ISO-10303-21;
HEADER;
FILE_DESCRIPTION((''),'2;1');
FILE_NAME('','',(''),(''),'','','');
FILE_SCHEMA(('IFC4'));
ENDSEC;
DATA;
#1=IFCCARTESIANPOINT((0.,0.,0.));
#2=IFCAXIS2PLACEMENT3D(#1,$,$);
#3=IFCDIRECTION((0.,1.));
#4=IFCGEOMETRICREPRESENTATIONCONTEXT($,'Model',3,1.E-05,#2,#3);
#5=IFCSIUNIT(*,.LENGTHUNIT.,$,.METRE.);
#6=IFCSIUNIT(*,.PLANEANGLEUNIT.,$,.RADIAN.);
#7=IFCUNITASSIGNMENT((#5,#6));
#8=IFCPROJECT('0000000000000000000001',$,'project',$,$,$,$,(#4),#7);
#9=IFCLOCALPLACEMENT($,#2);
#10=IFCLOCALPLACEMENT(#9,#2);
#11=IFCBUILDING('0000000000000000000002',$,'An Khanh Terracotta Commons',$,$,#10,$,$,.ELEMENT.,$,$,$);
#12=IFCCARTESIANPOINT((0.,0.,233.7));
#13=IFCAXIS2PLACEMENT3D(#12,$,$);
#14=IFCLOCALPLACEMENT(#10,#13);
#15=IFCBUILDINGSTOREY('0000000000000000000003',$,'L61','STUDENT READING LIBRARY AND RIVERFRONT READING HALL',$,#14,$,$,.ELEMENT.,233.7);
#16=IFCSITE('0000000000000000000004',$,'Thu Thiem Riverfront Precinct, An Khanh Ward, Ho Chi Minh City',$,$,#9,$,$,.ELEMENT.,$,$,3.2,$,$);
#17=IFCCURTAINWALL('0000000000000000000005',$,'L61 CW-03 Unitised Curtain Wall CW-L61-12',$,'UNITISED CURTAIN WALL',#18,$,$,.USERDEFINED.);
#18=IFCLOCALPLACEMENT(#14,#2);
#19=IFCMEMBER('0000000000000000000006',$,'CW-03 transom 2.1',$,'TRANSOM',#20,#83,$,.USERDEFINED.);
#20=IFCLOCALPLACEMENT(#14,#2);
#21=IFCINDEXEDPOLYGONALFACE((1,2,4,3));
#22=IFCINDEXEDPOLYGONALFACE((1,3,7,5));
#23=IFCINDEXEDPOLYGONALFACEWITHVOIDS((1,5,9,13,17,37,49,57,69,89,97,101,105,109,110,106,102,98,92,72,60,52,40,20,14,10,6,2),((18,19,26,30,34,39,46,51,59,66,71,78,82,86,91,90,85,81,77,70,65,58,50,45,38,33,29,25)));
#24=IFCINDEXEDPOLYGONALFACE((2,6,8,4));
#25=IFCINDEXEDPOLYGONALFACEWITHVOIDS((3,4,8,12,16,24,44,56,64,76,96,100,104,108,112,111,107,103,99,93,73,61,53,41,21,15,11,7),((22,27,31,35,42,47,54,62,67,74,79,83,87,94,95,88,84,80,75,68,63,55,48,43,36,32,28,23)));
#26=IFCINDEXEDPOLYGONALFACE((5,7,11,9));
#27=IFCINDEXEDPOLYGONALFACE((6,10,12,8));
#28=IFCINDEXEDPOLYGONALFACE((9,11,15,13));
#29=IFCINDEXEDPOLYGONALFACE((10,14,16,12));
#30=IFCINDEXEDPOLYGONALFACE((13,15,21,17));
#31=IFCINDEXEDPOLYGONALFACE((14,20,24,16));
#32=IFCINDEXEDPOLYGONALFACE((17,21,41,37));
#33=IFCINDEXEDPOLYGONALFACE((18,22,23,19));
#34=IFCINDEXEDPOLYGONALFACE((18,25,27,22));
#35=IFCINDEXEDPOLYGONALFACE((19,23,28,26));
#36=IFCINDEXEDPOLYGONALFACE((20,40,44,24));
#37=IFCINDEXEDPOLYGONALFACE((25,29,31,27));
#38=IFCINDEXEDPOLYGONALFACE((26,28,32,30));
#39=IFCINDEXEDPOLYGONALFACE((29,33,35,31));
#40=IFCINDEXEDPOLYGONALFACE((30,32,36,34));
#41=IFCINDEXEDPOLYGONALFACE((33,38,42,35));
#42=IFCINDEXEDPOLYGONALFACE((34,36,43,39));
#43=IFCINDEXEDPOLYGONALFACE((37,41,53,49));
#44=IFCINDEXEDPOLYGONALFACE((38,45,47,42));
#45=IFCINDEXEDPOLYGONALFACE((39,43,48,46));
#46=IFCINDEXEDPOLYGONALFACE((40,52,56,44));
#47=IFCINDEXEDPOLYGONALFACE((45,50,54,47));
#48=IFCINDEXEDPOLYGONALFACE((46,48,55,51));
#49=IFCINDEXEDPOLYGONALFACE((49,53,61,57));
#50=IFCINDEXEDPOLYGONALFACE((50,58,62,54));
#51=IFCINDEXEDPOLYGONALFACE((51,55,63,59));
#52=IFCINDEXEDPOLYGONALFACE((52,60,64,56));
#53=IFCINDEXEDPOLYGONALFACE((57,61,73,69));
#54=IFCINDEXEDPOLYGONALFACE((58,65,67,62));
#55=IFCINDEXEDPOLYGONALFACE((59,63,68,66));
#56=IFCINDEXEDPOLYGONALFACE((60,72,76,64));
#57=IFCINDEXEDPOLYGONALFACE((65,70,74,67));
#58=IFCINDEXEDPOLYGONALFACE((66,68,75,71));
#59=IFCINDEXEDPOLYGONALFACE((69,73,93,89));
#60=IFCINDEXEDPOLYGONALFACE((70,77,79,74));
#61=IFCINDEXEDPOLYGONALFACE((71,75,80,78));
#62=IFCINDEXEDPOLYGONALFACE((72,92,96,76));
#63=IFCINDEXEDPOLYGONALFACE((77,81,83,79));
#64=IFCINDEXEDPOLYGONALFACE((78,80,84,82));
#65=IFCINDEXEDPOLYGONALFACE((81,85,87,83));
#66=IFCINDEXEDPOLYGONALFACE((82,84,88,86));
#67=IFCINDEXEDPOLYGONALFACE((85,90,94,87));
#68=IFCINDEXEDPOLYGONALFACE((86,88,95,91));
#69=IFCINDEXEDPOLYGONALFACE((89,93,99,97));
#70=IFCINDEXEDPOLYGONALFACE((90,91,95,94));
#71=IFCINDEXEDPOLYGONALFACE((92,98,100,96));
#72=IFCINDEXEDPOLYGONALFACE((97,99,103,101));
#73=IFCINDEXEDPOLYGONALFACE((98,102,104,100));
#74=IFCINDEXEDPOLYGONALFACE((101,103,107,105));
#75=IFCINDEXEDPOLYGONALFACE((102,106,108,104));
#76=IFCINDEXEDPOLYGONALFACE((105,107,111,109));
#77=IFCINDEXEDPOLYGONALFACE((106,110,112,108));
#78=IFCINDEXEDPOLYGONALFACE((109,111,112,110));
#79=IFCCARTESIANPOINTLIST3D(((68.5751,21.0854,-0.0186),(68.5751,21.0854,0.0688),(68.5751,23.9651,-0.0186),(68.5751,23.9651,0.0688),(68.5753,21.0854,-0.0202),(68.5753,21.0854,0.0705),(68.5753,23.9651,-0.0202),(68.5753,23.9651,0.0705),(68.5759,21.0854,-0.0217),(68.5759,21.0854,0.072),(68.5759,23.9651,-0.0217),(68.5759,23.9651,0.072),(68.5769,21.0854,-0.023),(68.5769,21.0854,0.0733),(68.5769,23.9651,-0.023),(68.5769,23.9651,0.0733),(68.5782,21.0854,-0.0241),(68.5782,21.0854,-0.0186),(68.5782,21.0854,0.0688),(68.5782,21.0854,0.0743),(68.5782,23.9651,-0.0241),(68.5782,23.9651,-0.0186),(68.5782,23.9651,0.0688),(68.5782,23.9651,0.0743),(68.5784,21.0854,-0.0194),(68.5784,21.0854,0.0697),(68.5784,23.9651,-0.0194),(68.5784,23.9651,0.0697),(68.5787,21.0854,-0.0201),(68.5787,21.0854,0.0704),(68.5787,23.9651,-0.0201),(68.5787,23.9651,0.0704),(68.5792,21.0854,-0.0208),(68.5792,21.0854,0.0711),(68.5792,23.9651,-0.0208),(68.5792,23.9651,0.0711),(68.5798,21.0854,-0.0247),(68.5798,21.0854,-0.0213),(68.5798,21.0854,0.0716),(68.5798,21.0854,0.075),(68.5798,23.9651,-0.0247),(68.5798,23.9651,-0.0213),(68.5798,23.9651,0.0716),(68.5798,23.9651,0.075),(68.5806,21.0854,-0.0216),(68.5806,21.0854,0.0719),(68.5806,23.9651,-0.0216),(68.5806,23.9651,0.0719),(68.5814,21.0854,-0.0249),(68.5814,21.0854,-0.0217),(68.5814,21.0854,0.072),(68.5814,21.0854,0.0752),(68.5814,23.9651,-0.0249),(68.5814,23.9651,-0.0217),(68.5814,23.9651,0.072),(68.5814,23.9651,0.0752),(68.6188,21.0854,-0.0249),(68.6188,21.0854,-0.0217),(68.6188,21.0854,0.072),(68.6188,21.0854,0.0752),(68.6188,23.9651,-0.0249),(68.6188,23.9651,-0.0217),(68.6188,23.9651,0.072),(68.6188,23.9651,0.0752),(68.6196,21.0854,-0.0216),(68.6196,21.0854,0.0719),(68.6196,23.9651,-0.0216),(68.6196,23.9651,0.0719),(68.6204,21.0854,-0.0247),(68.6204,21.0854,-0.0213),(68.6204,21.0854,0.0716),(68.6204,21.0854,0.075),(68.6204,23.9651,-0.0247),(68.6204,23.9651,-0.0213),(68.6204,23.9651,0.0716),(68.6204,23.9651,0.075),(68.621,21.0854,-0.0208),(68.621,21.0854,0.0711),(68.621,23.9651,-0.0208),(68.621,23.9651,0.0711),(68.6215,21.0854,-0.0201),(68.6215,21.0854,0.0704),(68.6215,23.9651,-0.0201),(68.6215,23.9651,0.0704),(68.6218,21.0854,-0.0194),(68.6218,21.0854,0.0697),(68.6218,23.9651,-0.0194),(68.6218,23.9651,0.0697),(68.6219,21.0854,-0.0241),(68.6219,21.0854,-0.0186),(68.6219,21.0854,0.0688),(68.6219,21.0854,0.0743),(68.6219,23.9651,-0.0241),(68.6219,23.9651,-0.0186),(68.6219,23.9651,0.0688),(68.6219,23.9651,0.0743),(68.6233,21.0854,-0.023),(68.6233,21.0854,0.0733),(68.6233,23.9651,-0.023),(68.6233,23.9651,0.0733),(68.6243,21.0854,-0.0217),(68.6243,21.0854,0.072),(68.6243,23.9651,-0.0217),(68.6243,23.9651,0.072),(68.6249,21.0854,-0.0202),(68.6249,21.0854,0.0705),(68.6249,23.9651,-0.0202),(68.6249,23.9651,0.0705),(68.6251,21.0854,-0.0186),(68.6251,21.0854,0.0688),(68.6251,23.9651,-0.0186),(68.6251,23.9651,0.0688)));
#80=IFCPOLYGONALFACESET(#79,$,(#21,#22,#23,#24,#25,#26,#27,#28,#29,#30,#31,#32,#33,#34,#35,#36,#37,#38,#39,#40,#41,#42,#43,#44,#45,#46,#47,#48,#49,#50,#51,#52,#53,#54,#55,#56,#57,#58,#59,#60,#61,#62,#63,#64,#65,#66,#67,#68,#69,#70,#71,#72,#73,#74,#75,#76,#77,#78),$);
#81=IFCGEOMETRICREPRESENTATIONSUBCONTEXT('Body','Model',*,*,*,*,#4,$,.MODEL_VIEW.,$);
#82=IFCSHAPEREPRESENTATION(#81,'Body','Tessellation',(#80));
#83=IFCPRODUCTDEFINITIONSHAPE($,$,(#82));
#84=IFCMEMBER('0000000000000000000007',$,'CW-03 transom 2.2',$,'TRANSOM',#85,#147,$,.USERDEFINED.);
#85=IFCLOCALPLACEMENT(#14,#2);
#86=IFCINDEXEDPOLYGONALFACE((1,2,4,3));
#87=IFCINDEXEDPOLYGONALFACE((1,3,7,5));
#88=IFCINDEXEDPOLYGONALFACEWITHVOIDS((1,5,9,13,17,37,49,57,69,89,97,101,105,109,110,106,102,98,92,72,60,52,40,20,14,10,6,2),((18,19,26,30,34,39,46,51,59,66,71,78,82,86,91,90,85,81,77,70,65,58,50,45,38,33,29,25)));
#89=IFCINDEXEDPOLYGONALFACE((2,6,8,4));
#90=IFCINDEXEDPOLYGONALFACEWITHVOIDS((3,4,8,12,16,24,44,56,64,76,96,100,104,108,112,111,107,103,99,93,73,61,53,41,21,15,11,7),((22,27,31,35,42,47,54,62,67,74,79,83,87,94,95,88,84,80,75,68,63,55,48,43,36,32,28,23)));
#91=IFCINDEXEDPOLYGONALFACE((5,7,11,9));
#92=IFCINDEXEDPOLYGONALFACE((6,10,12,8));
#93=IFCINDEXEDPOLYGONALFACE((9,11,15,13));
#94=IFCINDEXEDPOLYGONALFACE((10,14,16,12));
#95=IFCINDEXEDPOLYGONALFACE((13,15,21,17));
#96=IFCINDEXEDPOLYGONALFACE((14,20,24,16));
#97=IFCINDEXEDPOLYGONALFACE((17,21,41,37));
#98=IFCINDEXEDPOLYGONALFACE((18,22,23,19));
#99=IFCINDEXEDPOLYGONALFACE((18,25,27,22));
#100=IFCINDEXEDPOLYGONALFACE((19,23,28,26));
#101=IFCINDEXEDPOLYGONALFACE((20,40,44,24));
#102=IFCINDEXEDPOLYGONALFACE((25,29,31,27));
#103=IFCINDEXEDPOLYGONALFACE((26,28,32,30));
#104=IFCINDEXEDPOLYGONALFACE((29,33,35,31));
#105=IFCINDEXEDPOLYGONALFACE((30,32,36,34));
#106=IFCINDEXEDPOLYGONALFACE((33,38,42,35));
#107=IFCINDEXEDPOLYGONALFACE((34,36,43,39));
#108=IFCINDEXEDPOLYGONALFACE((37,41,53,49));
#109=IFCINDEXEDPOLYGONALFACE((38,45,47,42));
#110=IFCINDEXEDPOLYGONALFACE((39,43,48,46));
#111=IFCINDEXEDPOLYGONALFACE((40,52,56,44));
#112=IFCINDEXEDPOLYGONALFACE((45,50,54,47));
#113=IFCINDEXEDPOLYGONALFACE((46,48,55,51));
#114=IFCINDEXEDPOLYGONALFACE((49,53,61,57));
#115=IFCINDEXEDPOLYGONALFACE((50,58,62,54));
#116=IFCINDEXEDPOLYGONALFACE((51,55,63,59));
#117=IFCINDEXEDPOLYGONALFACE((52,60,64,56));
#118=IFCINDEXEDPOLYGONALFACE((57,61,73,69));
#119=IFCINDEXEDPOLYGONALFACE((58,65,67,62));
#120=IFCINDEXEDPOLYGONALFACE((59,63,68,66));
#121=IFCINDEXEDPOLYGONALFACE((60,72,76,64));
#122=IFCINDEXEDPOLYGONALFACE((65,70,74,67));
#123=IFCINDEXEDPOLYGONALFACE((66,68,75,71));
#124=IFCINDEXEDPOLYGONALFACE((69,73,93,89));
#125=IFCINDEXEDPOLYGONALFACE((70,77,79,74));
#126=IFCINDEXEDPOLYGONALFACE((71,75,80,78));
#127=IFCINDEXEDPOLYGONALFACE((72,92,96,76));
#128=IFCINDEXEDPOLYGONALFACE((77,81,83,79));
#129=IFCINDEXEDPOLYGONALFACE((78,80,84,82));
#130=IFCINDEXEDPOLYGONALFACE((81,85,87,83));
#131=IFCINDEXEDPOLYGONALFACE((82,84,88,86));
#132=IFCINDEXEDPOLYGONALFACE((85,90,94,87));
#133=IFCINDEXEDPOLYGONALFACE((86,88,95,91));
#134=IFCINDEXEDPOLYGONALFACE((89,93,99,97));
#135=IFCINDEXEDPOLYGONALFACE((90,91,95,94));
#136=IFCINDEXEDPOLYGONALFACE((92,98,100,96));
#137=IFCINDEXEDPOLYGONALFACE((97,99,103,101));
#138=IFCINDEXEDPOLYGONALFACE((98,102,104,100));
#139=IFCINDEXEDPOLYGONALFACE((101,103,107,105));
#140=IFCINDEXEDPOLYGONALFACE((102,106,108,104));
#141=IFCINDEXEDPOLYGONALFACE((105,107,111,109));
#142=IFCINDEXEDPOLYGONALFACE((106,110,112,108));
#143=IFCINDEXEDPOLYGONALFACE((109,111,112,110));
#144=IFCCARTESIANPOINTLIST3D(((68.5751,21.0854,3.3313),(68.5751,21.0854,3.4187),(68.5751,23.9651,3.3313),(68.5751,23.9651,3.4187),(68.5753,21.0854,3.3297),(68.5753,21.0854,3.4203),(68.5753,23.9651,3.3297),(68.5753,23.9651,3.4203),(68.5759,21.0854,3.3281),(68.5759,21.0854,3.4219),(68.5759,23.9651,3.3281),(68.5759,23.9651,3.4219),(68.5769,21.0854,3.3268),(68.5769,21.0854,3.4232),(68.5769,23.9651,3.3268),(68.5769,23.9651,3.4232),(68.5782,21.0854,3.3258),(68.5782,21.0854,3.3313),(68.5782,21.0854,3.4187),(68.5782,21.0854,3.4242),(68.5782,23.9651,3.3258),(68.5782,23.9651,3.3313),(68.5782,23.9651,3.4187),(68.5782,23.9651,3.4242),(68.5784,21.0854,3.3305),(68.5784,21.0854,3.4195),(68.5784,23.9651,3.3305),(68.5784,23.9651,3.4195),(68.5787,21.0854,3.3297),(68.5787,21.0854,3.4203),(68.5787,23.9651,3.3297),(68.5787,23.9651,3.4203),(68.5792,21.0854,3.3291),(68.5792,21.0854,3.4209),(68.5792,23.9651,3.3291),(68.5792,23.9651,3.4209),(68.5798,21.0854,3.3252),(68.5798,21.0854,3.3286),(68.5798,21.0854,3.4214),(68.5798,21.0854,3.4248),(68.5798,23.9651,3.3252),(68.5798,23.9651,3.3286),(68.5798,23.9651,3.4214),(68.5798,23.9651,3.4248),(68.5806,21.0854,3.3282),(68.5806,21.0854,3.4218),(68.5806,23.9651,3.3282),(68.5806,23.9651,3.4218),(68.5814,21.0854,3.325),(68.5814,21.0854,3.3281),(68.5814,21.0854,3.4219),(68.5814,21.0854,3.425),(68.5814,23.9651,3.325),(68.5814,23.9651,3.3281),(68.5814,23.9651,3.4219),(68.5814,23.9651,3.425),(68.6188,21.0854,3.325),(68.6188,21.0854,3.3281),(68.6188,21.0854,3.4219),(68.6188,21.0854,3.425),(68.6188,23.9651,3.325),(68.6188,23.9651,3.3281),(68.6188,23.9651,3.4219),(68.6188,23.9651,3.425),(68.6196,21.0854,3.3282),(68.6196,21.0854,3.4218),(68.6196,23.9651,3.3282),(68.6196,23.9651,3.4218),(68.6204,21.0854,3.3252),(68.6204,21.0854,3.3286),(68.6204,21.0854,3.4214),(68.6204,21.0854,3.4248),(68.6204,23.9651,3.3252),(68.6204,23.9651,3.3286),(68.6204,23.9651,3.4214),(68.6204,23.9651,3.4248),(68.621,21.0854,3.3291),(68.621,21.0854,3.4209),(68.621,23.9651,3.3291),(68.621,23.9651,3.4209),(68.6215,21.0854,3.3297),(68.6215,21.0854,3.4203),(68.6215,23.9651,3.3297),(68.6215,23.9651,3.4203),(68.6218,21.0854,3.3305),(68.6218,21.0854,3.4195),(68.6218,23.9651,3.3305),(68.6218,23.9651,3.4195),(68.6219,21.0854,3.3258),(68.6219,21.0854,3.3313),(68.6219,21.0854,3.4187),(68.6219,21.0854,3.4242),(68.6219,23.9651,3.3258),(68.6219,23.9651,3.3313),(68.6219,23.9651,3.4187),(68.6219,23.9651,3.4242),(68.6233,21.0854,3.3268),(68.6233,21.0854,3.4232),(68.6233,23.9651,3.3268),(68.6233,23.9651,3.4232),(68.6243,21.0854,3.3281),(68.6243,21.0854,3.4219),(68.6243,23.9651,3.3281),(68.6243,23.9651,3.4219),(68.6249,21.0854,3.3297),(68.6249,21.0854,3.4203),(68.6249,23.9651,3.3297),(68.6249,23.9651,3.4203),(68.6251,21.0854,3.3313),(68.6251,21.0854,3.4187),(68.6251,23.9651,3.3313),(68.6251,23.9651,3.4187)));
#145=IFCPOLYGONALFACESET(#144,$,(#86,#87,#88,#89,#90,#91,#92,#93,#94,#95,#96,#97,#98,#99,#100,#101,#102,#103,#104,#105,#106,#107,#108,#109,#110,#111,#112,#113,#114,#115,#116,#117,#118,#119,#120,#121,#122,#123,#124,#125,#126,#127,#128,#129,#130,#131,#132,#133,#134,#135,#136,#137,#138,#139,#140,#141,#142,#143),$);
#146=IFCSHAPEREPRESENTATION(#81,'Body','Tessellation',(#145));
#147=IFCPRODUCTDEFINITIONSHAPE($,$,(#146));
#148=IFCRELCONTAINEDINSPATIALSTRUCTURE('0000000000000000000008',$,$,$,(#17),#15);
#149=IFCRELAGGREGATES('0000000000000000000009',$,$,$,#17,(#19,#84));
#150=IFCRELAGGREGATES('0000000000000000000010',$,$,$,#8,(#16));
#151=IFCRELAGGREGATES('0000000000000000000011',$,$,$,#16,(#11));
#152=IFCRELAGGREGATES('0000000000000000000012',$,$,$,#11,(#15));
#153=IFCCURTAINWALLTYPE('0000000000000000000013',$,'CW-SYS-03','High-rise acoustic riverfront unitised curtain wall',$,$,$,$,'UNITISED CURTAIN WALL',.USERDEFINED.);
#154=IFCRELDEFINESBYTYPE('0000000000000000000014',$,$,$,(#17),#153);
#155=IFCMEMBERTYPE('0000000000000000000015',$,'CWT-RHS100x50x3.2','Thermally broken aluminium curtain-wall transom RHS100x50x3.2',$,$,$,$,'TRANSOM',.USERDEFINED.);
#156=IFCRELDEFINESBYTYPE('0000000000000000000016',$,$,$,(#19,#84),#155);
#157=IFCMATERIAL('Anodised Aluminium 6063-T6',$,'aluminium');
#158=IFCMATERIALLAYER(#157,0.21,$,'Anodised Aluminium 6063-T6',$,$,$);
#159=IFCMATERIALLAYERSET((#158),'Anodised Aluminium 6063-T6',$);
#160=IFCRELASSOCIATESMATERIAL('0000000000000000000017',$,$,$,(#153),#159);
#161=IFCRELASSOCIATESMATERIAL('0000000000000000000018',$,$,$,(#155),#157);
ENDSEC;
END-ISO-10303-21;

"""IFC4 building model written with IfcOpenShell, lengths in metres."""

from ifc_helpers import new_model, si_unit, direction, frame, origin, origin_2d, place, context, subcontext, project, spatial, hollow_rectangle, extrude, material, layer, layer_set, material_profile, profile_set, type_object, element, aggregate, save


model = new_model("IFC4")

# Units and contexts
model_context = context("Model", 3, precision=1e-05, world=origin(), true_north=direction((0.0, 1.0)))
body_context = subcontext(model_context, "Body", "Model", "MODEL_VIEW")
ifc_project = project(units=[si_unit("LENGTHUNIT", "METRE"), si_unit("PLANEANGLEUNIT", "RADIAN")], contexts=[model_context])

# Site, building, storey
site_placement = place(None, origin())
site = spatial("IfcSite", under=ifc_project, at=site_placement, Name="Thu Thiem Riverfront Precinct, An Khanh Ward, Ho Chi Minh City", CompositionType="ELEMENT", RefElevation=3.2)
building_placement = place(site_placement, origin())
building = spatial("IfcBuilding", under=site, at=building_placement, Name="An Khanh Terracotta Commons", CompositionType="ELEMENT")
storey_placement = place(building_placement, frame((0.0, 0.0, 233.7)))
storey = spatial("IfcBuildingStorey", under=building, at=storey_placement, Name="L61", Description="STUDENT READING LIBRARY AND RIVERFRONT READING HALL", CompositionType="ELEMENT", Elevation=233.7)

# Curtain wall
ifc_material_1 = material(Name="Anodised Aluminium 6063-T6", Category="aluminium")
ifc_layer_1 = layer(ifc_material_1, 0.21, Name="Anodised Aluminium 6063-T6")
ifc_layer_set_1 = layer_set([ifc_layer_1], Name="Anodised Aluminium 6063-T6")
curtain_wall_type = type_object("IfcCurtainWallType", Name="CW-SYS-03", Description="High-rise acoustic riverfront unitised curtain wall", ElementType="UNITISED CURTAIN WALL", PredefinedType="USERDEFINED", material=ifc_layer_set_1)
curtain_wall_1_placement = place(storey_placement, origin())
curtain_wall_1 = element("IfcCurtainWall", 1, at=curtain_wall_1_placement, inside=storey, type_object=curtain_wall_type, Name="L61 CW-03 Unitised Curtain Wall CW-L61-12", ObjectType="UNITISED CURTAIN WALL", PredefinedType="USERDEFINED")

# Members
ifc_material_profile_1 = material_profile(ifc_material_1, hollow_rectangle(XDim=0.05, YDim=0.1001, WallThickness=0.0032, InnerFilletRadius=0.0032, OuterFilletRadius=0.0063, at=origin_2d()), Name="RHS100x50x3.2")
ifc_profile_set_1 = profile_set([ifc_material_profile_1], Name="Anodised Aluminium 6063-T6")
member_type_1 = type_object("IfcMemberType", Name="CWT-RHS100x50x3.2", Description="Thermally broken aluminium curtain-wall transom RHS100x50x3.2", ElementType="TRANSOM", PredefinedType="USERDEFINED", material=ifc_profile_set_1)
member_1_placement = place(storey_placement, frame((68.6001, 21.0854, 0.0251), z_axis=(0.0, 1.0, 0.0), x_axis=(-1.0, 0.0, 0.0)))
member_1 = element("IfcMember", 2, at=member_1_placement, type_object=member_type_1, Name="CW-03 transom 2.1", ObjectType="TRANSOM", PredefinedType="USERDEFINED", context=body_context, shape_type="SweptSolid", body=[
    extrude(hollow_rectangle(XDim=0.05, YDim=0.1001, WallThickness=0.0032, InnerFilletRadius=0.0032, OuterFilletRadius=0.0063, at=origin_2d()), origin(), (0.0, 0.0, 1.0), 2.8796),
])
member_2_placement = place(storey_placement, frame((68.6001, 21.0854, 3.375), z_axis=(0.0, 1.0, 0.0), x_axis=(-1.0, 0.0, 0.0)))
member_2 = element("IfcMember", 3, at=member_2_placement, type_object=member_type_1, Name="CW-03 transom 2.2", ObjectType="TRANSOM", PredefinedType="USERDEFINED", context=body_context, shape_type="SweptSolid", body=[
    extrude(hollow_rectangle(XDim=0.05, YDim=0.1001, WallThickness=0.0032, InnerFilletRadius=0.0032, OuterFilletRadius=0.0063, at=origin_2d()), origin(), (0.0, 0.0, 1.0), 2.8796),
])

aggregate(curtain_wall_1, [member_1, member_2])

save(model, "model.ifc")
